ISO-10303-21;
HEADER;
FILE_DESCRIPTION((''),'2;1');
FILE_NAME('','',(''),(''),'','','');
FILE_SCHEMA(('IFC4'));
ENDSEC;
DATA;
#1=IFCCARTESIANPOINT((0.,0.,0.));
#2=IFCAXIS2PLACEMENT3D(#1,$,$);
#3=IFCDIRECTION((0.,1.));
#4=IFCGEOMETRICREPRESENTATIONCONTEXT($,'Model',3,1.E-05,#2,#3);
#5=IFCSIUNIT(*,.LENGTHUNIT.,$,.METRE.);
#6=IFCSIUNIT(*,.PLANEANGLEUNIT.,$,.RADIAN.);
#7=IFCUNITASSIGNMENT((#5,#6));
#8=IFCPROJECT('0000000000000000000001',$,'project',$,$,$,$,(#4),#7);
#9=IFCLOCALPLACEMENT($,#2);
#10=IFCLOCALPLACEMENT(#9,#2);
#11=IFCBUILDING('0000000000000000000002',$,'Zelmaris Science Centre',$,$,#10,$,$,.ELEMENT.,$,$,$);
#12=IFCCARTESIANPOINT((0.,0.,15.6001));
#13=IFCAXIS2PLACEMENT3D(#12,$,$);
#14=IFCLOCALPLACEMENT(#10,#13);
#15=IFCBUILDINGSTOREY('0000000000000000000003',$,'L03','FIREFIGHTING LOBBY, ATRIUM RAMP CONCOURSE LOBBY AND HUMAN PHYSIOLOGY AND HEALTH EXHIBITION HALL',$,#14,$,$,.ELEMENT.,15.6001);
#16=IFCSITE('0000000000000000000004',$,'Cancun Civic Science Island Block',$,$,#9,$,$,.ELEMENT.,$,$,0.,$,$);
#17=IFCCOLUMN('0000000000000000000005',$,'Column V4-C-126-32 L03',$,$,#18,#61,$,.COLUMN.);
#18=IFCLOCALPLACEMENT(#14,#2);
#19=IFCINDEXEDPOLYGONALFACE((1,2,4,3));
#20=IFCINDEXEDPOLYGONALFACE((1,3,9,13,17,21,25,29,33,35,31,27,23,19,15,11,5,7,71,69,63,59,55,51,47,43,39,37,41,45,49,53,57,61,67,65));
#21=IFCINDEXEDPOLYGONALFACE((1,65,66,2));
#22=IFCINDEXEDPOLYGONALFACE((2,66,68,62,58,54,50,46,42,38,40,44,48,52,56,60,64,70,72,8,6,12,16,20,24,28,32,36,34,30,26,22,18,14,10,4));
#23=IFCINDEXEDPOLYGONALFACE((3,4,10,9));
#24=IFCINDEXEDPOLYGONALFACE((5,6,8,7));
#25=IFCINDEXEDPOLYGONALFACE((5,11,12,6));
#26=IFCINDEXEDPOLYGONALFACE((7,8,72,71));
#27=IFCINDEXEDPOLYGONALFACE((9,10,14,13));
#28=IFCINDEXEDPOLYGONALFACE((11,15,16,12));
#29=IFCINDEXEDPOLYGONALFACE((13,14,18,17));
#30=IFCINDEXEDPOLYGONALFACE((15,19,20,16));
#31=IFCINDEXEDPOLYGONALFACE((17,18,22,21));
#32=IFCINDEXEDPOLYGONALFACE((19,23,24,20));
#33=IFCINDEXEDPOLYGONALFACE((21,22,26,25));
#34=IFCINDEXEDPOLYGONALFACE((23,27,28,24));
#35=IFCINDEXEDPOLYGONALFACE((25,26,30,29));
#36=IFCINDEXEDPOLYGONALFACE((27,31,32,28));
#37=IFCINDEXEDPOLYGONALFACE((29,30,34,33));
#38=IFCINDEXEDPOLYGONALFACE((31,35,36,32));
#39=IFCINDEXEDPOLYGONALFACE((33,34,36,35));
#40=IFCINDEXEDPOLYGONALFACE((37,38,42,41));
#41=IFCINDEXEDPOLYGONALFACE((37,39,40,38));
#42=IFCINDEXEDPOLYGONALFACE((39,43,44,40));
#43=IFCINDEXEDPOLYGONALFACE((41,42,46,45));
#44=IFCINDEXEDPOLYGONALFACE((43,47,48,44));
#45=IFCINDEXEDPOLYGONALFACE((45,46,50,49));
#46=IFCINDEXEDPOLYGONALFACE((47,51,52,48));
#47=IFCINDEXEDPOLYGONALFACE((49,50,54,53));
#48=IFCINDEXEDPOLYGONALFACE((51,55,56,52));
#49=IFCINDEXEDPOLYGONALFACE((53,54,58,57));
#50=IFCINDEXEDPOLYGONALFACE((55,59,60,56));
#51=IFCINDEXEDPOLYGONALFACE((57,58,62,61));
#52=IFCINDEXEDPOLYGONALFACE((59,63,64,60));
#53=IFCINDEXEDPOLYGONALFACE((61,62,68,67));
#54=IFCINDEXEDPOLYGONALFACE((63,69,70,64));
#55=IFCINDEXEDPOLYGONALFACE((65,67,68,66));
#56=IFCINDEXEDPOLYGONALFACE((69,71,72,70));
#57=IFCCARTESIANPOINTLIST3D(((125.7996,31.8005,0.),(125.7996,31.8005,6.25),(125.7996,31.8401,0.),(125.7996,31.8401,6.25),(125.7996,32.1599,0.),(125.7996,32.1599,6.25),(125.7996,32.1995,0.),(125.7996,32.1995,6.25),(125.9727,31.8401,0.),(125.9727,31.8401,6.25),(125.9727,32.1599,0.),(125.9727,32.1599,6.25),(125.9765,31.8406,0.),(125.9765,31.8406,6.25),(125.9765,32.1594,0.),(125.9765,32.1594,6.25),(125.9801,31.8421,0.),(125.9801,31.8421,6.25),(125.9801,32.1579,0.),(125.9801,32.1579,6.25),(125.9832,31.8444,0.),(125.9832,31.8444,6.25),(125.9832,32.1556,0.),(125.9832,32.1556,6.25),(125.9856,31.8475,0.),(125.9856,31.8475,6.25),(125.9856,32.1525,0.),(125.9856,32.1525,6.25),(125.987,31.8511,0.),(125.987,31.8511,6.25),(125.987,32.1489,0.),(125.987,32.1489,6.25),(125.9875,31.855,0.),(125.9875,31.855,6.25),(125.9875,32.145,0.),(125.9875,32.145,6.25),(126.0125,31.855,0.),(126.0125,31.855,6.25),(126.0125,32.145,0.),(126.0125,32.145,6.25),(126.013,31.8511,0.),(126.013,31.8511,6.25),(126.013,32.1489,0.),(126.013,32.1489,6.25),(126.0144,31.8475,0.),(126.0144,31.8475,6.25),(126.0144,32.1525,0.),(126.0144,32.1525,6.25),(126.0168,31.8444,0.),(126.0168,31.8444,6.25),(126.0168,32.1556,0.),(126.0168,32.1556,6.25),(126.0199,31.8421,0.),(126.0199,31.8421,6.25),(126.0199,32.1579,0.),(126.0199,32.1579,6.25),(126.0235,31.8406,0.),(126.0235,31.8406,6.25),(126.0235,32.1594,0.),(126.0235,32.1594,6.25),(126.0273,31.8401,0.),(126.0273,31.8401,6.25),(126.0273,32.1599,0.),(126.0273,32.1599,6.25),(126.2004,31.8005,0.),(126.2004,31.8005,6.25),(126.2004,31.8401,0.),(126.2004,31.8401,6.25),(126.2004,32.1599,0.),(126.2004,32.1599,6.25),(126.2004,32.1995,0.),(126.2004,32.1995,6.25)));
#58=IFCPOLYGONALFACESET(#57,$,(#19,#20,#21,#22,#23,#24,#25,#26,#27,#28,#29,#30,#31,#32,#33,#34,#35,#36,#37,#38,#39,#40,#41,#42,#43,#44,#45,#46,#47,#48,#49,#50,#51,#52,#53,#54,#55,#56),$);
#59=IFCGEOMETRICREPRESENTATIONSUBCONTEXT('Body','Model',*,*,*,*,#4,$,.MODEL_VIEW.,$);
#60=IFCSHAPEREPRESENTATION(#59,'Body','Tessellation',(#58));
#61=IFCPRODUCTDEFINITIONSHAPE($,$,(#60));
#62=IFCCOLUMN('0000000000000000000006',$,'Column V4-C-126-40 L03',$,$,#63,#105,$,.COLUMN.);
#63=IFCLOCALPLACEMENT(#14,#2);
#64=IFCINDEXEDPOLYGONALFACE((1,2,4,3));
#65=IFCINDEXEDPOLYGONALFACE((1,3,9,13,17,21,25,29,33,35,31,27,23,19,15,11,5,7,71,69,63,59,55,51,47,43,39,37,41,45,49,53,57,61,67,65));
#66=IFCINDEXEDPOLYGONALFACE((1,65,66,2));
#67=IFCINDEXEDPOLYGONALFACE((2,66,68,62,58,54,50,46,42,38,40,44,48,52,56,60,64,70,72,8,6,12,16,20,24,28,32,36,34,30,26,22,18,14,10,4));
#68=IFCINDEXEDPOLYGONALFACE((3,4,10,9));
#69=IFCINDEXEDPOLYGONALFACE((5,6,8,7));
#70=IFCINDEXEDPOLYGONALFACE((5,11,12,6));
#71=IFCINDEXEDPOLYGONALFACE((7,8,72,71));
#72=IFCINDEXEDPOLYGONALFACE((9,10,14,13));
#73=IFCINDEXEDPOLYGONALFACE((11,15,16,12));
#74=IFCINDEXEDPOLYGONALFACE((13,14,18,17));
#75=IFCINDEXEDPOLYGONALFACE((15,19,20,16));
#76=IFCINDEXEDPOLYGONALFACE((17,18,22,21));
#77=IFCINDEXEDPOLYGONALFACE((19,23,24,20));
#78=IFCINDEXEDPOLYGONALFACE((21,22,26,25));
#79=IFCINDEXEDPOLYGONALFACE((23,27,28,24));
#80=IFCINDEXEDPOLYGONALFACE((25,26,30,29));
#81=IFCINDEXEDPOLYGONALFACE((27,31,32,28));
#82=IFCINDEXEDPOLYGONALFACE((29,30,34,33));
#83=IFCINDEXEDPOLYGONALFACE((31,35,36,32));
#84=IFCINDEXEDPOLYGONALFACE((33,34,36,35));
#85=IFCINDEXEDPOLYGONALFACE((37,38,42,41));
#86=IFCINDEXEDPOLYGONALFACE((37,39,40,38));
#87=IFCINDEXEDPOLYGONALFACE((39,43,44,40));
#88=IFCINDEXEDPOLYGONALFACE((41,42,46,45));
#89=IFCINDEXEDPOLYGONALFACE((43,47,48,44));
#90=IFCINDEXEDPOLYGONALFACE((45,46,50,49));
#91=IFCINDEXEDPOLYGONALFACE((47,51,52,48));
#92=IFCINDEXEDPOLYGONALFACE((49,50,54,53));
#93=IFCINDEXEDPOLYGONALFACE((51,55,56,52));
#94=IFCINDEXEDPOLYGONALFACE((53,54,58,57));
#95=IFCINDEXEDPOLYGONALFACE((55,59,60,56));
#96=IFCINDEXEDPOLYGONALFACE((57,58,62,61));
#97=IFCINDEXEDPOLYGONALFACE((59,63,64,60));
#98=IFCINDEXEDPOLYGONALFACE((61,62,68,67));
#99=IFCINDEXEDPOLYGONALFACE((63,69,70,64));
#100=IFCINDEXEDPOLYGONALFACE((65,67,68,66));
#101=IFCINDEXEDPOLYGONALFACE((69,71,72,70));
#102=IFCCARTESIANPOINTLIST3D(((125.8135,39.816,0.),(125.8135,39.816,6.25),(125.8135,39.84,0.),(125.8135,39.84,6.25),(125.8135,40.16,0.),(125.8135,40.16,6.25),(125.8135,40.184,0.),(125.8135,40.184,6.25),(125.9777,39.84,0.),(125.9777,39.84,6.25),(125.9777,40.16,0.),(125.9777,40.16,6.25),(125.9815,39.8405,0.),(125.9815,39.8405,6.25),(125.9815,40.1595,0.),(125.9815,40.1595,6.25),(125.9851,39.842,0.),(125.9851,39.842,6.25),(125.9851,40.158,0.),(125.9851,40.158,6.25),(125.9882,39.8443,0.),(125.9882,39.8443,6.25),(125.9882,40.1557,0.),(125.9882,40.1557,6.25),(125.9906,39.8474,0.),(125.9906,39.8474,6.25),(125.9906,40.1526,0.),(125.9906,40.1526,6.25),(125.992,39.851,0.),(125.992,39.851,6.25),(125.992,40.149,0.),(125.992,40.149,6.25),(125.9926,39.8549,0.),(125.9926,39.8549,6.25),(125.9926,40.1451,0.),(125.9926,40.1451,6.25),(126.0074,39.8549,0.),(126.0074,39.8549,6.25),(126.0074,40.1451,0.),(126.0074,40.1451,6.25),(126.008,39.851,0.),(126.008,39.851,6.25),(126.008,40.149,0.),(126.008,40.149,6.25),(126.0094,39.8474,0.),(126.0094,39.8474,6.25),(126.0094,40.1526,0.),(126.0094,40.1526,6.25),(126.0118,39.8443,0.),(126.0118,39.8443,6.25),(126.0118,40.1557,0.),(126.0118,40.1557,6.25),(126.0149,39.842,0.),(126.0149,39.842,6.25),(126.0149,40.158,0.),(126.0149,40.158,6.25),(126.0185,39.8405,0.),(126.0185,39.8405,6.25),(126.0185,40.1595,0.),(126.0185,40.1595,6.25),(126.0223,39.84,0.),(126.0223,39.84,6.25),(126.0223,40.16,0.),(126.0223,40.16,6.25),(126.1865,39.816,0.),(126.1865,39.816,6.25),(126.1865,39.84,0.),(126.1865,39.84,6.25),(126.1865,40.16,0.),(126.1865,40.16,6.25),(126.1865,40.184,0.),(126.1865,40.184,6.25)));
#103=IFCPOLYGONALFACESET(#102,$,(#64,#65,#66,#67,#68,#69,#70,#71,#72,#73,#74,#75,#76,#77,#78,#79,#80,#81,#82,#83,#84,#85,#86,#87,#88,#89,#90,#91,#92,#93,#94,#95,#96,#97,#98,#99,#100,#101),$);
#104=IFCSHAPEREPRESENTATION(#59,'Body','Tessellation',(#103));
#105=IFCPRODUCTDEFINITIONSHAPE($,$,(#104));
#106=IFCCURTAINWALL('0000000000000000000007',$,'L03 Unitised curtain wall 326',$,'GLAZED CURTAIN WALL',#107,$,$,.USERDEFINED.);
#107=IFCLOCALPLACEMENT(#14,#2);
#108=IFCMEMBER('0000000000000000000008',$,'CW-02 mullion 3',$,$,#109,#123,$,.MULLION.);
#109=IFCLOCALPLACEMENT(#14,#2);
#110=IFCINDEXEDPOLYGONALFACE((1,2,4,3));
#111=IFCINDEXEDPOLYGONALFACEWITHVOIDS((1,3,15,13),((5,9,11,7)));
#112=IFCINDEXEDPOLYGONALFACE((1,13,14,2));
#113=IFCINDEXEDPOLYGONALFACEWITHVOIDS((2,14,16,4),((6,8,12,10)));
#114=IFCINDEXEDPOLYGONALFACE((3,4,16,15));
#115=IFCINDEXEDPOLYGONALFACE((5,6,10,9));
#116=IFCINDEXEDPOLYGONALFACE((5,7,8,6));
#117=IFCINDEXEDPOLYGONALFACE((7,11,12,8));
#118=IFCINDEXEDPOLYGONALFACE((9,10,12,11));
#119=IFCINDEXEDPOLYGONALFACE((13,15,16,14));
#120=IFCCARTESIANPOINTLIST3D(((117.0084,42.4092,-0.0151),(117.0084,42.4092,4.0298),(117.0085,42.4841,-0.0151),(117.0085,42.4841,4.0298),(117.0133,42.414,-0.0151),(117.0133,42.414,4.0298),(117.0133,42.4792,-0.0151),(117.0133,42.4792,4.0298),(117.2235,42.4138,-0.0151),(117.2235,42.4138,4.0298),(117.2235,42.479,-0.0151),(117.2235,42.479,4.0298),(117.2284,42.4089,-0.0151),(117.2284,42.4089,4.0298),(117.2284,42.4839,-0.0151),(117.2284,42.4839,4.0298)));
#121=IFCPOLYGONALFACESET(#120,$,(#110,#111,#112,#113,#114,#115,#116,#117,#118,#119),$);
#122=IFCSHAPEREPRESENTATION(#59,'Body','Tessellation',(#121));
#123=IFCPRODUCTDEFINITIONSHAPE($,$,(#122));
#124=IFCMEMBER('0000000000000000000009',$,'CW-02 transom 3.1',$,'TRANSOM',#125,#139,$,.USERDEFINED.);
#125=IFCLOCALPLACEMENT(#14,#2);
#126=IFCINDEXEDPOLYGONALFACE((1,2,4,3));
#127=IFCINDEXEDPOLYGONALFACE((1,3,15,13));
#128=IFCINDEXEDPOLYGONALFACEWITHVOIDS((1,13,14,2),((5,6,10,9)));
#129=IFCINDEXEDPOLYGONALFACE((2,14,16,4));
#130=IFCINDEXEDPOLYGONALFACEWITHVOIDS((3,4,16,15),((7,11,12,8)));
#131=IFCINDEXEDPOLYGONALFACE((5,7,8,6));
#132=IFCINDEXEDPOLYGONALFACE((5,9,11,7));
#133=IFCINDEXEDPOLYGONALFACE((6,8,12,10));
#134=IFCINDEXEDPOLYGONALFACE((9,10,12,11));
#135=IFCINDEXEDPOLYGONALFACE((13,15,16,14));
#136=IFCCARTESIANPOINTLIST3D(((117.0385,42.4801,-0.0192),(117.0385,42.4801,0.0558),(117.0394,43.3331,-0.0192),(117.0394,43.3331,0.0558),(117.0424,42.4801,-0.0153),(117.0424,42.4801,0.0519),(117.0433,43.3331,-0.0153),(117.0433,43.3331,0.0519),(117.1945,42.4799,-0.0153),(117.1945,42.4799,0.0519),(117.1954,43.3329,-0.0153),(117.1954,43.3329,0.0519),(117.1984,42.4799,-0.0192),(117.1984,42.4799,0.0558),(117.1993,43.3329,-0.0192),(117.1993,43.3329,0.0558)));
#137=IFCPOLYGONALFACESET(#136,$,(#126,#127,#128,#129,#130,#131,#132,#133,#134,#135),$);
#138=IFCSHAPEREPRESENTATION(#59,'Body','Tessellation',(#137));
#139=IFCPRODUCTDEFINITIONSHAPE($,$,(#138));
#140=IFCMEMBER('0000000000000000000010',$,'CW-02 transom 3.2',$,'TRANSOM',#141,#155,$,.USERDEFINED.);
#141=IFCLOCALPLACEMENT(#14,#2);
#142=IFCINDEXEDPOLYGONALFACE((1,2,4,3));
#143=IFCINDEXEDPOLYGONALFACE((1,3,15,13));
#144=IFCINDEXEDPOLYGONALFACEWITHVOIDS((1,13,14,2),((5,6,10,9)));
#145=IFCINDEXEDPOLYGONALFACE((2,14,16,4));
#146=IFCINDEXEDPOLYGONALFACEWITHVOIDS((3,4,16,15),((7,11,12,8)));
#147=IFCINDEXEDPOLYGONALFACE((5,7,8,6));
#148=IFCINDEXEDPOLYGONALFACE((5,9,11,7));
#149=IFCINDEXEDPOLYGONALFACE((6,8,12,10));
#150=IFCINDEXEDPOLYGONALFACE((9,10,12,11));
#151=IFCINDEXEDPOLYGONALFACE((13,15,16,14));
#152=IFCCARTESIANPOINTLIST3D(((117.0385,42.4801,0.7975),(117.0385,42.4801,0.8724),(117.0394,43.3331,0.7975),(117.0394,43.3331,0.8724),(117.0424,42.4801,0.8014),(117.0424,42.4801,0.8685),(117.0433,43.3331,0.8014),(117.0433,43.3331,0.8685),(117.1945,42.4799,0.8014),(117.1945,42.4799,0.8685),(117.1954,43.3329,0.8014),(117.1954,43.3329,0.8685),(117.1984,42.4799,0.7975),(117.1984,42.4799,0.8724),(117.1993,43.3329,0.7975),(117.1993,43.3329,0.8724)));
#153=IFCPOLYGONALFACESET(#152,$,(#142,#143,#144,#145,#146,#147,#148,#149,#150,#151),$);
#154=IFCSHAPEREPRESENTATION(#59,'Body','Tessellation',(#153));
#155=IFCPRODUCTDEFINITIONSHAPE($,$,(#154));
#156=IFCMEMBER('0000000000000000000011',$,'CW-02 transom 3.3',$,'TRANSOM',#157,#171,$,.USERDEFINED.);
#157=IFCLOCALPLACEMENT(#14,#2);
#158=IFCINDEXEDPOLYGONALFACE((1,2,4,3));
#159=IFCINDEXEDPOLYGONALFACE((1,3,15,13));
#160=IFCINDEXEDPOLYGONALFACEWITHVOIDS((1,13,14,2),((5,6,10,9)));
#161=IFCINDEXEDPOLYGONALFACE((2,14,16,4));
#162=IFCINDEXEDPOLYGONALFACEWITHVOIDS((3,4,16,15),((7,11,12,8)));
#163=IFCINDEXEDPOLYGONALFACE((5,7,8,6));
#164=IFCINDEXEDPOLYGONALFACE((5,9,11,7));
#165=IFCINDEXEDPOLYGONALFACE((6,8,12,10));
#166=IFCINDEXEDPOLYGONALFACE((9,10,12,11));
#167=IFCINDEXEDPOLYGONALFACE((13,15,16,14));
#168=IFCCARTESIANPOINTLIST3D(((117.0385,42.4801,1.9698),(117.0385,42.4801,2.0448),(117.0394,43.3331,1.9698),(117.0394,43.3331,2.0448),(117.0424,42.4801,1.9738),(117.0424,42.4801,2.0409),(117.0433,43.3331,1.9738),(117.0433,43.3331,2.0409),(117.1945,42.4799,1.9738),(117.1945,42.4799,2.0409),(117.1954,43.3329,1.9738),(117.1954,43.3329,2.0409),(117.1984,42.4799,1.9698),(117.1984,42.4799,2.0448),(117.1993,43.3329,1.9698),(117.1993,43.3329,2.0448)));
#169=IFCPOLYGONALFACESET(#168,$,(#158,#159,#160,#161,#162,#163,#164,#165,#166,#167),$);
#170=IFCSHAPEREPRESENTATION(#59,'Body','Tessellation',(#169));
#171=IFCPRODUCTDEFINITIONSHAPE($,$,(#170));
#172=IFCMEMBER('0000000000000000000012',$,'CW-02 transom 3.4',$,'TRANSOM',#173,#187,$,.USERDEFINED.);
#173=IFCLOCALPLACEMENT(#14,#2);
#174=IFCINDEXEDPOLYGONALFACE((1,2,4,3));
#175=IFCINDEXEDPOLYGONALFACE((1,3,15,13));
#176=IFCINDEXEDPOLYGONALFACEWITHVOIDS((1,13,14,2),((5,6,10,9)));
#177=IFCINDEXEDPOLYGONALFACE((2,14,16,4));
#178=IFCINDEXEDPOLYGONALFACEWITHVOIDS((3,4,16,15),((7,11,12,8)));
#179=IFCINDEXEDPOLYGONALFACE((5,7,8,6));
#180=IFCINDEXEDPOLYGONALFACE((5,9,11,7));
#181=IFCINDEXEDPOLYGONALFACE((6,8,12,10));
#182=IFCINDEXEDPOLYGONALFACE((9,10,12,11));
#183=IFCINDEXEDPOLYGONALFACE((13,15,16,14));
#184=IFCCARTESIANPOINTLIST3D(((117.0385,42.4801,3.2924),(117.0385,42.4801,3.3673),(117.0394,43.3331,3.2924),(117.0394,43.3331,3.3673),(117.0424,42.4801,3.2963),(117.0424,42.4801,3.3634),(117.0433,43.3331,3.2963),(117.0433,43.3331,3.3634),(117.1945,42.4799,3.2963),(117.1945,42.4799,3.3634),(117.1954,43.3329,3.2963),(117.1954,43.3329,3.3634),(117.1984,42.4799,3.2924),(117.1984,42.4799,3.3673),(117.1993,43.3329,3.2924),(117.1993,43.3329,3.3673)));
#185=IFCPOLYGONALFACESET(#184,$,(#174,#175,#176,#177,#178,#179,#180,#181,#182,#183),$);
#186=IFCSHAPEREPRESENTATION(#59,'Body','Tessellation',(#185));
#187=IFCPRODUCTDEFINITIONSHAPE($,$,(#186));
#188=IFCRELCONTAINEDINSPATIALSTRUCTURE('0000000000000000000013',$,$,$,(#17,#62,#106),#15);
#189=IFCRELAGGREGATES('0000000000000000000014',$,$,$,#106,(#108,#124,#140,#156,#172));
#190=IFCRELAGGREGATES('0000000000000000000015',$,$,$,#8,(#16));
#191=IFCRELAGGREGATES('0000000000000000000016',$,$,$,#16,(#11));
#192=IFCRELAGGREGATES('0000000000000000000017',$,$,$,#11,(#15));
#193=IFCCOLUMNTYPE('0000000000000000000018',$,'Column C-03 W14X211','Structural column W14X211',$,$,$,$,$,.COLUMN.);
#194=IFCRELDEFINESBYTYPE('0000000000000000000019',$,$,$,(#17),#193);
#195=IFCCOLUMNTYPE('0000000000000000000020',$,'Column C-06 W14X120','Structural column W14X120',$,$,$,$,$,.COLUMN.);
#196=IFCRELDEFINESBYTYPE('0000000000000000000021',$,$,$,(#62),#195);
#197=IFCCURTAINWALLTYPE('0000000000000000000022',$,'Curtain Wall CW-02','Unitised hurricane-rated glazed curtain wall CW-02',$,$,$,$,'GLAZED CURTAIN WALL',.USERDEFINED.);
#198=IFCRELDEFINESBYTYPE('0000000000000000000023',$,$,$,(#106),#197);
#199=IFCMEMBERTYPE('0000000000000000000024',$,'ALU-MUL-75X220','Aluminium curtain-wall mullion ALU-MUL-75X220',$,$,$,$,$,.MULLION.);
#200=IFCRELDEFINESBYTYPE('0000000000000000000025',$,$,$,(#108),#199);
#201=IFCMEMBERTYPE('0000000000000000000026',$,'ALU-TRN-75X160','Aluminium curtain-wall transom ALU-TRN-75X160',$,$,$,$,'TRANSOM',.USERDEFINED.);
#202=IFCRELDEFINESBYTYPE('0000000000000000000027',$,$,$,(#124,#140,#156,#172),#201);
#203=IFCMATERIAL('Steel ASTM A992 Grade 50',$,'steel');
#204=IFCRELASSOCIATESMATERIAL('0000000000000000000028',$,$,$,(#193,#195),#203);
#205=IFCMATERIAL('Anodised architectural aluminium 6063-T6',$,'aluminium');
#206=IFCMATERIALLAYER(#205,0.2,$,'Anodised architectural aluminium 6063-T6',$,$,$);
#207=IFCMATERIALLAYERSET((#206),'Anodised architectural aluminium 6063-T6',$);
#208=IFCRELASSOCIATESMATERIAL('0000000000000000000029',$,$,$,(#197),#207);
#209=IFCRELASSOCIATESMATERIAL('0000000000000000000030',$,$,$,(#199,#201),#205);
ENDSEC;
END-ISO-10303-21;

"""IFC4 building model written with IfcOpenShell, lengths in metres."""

from ifc_helpers import new_model, si_unit, direction, frame, origin, origin_2d, place, context, subcontext, project, spatial, hollow_rectangle, i_section, extrude, material, layer, layer_set, material_profile, profile_set, type_object, element, aggregate, save


model = new_model("IFC4")

# Units and contexts
model_context = context("Model", 3, precision=1e-05, world=origin(), true_north=direction((0.0, 1.0)))
body_context = subcontext(model_context, "Body", "Model", "MODEL_VIEW")
ifc_project = project(units=[si_unit("LENGTHUNIT", "METRE"), si_unit("PLANEANGLEUNIT", "RADIAN")], contexts=[model_context])

# Site, building, storey
site_placement = place(None, origin())
site = spatial("IfcSite", under=ifc_project, at=site_placement, Name="Cancun Civic Science Island Block", CompositionType="ELEMENT", RefElevation=0.0)
building_placement = place(site_placement, origin())
building = spatial("IfcBuilding", under=site, at=building_placement, Name="Zelmaris Science Centre", CompositionType="ELEMENT")
storey_placement = place(building_placement, frame((0.0, 0.0, 15.6001)))
storey = spatial("IfcBuildingStorey", under=building, at=storey_placement, Name="L03", Description="FIREFIGHTING LOBBY, ATRIUM RAMP CONCOURSE LOBBY AND HUMAN PHYSIOLOGY AND HEALTH EXHIBITION HALL", CompositionType="ELEMENT", Elevation=15.6001)

# Columns
ifc_material_1 = material(Name="Steel ASTM A992 Grade 50", Category="steel")
ifc_material_profile_1 = material_profile(ifc_material_1, i_section(OverallWidth=0.4009, OverallDepth=0.3989, WebThickness=0.0249, FlangeThickness=0.0396, FilletRadius=0.0149, at=origin_2d()), Name="W14X211")
ifc_profile_set_1 = profile_set([ifc_material_profile_1], Name="Steel ASTM A992 Grade 50")
column_type_1 = type_object("IfcColumnType", Name="Column C-03 W14X211", Description="Structural column W14X211", PredefinedType="COLUMN", material=ifc_profile_set_1)
column_1_placement = place(storey_placement, frame((126.0, 32.0, 0.0), z_axis=(0.0, 0.0, 1.0), x_axis=(1.0, 0.0, 0.0)))
element("IfcColumn", 1, at=column_1_placement, inside=storey, type_object=column_type_1, Name="Column V4-C-126-32 L03", PredefinedType="COLUMN", context=body_context, shape_type="SweptSolid", body=[
    extrude(i_section(OverallWidth=0.4009, OverallDepth=0.3989, WebThickness=0.0249, FlangeThickness=0.0396, FilletRadius=0.0149, at=origin_2d()), origin(), (0.0, 0.0, 1.0), 6.25),
])
ifc_material_profile_2 = material_profile(ifc_material_1, i_section(OverallWidth=0.373, OverallDepth=0.3679, WebThickness=0.0149, FlangeThickness=0.0239, FilletRadius=0.0149, at=origin_2d()), Name="W14X120")
ifc_profile_set_2 = profile_set([ifc_material_profile_2], Name="Steel ASTM A992 Grade 50")
column_type_2 = type_object("IfcColumnType", Name="Column C-06 W14X120", Description="Structural column W14X120", PredefinedType="COLUMN", material=ifc_profile_set_2)
column_2_placement = place(storey_placement, frame((126.0, 40.0, 0.0), z_axis=(0.0, 0.0, 1.0), x_axis=(1.0, 0.0, 0.0)))
element("IfcColumn", 2, at=column_2_placement, inside=storey, type_object=column_type_2, Name="Column V4-C-126-40 L03", PredefinedType="COLUMN", context=body_context, shape_type="SweptSolid", body=[
    extrude(i_section(OverallWidth=0.373, OverallDepth=0.3679, WebThickness=0.0149, FlangeThickness=0.0239, FilletRadius=0.0149, at=origin_2d()), origin(), (0.0, 0.0, 1.0), 6.25),
])

# Curtain wall, members
ifc_material_2 = material(Name="Anodised architectural aluminium 6063-T6", Category="aluminium")
ifc_layer_1 = layer(ifc_material_2, 0.2, Name="Anodised architectural aluminium 6063-T6")
ifc_layer_set_1 = layer_set([ifc_layer_1], Name="Anodised architectural aluminium 6063-T6")
curtain_wall_type = type_object("IfcCurtainWallType", Name="Curtain Wall CW-02", Description="Unitised hurricane-rated glazed curtain wall CW-02", ElementType="GLAZED CURTAIN WALL", PredefinedType="USERDEFINED", material=ifc_layer_set_1)
curtain_wall_placement = place(storey_placement, origin())
curtain_wall = element("IfcCurtainWall", 3, at=curtain_wall_placement, inside=storey, type_object=curtain_wall_type, Name="L03 Unitised curtain wall 326", ObjectType="GLAZED CURTAIN WALL", PredefinedType="USERDEFINED")
ifc_material_profile_3 = material_profile(ifc_material_2, hollow_rectangle(XDim=0.075, YDim=0.22, WallThickness=0.0049, at=origin_2d()), Name="ALU-MUL-75X220")
ifc_profile_set_3 = profile_set([ifc_material_profile_3], Name="Anodised architectural aluminium 6063-T6")
member_type_1 = type_object("IfcMemberType", Name="ALU-MUL-75X220", Description="Aluminium curtain-wall mullion ALU-MUL-75X220", PredefinedType="MULLION", material=ifc_profile_set_3)
member_1_placement = place(storey_placement, frame((117.1184, 42.4465, -0.0151), z_axis=(0.0, 0.0, 1.0), x_axis=(0.001019, 0.999999, 0.0)))
member_1 = element("IfcMember", 4, at=member_1_placement, type_object=member_type_1, Name="CW-02 mullion 3", PredefinedType="MULLION", context=body_context, shape_type="SweptSolid", body=[
    extrude(hollow_rectangle(XDim=0.075, YDim=0.22, WallThickness=0.0049, at=origin_2d()), origin(), (0.0, 0.0, 1.0), 4.0449),
])
ifc_material_profile_4 = material_profile(ifc_material_2, hollow_rectangle(XDim=0.075, YDim=0.1599, WallThickness=0.0039, at=origin_2d()), Name="ALU-TRN-75X160")
ifc_profile_set_4 = profile_set([ifc_material_profile_4], Name="Anodised architectural aluminium 6063-T6")
member_type_2 = type_object("IfcMemberType", Name="ALU-TRN-75X160", Description="Aluminium curtain-wall transom ALU-TRN-75X160", ElementType="TRANSOM", PredefinedType="USERDEFINED", material=ifc_profile_set_4)
member_2_placement = place(storey_placement, frame((117.1184, 42.48, 0.0183), z_axis=(0.001145, 0.999999, 0.0), x_axis=(0.0, 0.0, 1.0)))
member_2 = element("IfcMember", 5, at=member_2_placement, type_object=member_type_2, Name="CW-02 transom 3.1", ObjectType="TRANSOM", PredefinedType="USERDEFINED", context=body_context, shape_type="SweptSolid", body=[
    extrude(hollow_rectangle(XDim=0.075, YDim=0.1599, WallThickness=0.0039, at=origin_2d()), origin(), (0.0, 0.0, 1.0), 0.853),
])
member_3_placement = place(storey_placement, frame((117.1184, 42.48, 0.835), z_axis=(0.001145, 0.999999, 0.0), x_axis=(0.0, 0.0, 1.0)))
member_3 = element("IfcMember", 6, at=member_3_placement, type_object=member_type_2, Name="CW-02 transom 3.2", ObjectType="TRANSOM", PredefinedType="USERDEFINED", context=body_context, shape_type="SweptSolid", body=[
    extrude(hollow_rectangle(XDim=0.075, YDim=0.1599, WallThickness=0.0039, at=origin_2d()), origin(), (0.0, 0.0, 1.0), 0.853),
])
member_4_placement = place(storey_placement, frame((117.1184, 42.48, 2.0073), z_axis=(0.001145, 0.999999, 0.0), x_axis=(0.0, 0.0, 1.0)))
member_4 = element("IfcMember", 7, at=member_4_placement, type_object=member_type_2, Name="CW-02 transom 3.3", ObjectType="TRANSOM", PredefinedType="USERDEFINED", context=body_context, shape_type="SweptSolid", body=[
    extrude(hollow_rectangle(XDim=0.075, YDim=0.1599, WallThickness=0.0039, at=origin_2d()), origin(), (0.0, 0.0, 1.0), 0.853),
])
member_5_placement = place(storey_placement, frame((117.1184, 42.48, 3.3298), z_axis=(0.001145, 0.999999, 0.0), x_axis=(0.0, 0.0, 1.0)))
member_5 = element("IfcMember", 8, at=member_5_placement, type_object=member_type_2, Name="CW-02 transom 3.4", ObjectType="TRANSOM", PredefinedType="USERDEFINED", context=body_context, shape_type="SweptSolid", body=[
    extrude(hollow_rectangle(XDim=0.075, YDim=0.1599, WallThickness=0.0039, at=origin_2d()), origin(), (0.0, 0.0, 1.0), 0.853),
])

aggregate(curtain_wall, [member_1, member_2, member_3, member_4, member_5])

save(model, "model.ifc")
